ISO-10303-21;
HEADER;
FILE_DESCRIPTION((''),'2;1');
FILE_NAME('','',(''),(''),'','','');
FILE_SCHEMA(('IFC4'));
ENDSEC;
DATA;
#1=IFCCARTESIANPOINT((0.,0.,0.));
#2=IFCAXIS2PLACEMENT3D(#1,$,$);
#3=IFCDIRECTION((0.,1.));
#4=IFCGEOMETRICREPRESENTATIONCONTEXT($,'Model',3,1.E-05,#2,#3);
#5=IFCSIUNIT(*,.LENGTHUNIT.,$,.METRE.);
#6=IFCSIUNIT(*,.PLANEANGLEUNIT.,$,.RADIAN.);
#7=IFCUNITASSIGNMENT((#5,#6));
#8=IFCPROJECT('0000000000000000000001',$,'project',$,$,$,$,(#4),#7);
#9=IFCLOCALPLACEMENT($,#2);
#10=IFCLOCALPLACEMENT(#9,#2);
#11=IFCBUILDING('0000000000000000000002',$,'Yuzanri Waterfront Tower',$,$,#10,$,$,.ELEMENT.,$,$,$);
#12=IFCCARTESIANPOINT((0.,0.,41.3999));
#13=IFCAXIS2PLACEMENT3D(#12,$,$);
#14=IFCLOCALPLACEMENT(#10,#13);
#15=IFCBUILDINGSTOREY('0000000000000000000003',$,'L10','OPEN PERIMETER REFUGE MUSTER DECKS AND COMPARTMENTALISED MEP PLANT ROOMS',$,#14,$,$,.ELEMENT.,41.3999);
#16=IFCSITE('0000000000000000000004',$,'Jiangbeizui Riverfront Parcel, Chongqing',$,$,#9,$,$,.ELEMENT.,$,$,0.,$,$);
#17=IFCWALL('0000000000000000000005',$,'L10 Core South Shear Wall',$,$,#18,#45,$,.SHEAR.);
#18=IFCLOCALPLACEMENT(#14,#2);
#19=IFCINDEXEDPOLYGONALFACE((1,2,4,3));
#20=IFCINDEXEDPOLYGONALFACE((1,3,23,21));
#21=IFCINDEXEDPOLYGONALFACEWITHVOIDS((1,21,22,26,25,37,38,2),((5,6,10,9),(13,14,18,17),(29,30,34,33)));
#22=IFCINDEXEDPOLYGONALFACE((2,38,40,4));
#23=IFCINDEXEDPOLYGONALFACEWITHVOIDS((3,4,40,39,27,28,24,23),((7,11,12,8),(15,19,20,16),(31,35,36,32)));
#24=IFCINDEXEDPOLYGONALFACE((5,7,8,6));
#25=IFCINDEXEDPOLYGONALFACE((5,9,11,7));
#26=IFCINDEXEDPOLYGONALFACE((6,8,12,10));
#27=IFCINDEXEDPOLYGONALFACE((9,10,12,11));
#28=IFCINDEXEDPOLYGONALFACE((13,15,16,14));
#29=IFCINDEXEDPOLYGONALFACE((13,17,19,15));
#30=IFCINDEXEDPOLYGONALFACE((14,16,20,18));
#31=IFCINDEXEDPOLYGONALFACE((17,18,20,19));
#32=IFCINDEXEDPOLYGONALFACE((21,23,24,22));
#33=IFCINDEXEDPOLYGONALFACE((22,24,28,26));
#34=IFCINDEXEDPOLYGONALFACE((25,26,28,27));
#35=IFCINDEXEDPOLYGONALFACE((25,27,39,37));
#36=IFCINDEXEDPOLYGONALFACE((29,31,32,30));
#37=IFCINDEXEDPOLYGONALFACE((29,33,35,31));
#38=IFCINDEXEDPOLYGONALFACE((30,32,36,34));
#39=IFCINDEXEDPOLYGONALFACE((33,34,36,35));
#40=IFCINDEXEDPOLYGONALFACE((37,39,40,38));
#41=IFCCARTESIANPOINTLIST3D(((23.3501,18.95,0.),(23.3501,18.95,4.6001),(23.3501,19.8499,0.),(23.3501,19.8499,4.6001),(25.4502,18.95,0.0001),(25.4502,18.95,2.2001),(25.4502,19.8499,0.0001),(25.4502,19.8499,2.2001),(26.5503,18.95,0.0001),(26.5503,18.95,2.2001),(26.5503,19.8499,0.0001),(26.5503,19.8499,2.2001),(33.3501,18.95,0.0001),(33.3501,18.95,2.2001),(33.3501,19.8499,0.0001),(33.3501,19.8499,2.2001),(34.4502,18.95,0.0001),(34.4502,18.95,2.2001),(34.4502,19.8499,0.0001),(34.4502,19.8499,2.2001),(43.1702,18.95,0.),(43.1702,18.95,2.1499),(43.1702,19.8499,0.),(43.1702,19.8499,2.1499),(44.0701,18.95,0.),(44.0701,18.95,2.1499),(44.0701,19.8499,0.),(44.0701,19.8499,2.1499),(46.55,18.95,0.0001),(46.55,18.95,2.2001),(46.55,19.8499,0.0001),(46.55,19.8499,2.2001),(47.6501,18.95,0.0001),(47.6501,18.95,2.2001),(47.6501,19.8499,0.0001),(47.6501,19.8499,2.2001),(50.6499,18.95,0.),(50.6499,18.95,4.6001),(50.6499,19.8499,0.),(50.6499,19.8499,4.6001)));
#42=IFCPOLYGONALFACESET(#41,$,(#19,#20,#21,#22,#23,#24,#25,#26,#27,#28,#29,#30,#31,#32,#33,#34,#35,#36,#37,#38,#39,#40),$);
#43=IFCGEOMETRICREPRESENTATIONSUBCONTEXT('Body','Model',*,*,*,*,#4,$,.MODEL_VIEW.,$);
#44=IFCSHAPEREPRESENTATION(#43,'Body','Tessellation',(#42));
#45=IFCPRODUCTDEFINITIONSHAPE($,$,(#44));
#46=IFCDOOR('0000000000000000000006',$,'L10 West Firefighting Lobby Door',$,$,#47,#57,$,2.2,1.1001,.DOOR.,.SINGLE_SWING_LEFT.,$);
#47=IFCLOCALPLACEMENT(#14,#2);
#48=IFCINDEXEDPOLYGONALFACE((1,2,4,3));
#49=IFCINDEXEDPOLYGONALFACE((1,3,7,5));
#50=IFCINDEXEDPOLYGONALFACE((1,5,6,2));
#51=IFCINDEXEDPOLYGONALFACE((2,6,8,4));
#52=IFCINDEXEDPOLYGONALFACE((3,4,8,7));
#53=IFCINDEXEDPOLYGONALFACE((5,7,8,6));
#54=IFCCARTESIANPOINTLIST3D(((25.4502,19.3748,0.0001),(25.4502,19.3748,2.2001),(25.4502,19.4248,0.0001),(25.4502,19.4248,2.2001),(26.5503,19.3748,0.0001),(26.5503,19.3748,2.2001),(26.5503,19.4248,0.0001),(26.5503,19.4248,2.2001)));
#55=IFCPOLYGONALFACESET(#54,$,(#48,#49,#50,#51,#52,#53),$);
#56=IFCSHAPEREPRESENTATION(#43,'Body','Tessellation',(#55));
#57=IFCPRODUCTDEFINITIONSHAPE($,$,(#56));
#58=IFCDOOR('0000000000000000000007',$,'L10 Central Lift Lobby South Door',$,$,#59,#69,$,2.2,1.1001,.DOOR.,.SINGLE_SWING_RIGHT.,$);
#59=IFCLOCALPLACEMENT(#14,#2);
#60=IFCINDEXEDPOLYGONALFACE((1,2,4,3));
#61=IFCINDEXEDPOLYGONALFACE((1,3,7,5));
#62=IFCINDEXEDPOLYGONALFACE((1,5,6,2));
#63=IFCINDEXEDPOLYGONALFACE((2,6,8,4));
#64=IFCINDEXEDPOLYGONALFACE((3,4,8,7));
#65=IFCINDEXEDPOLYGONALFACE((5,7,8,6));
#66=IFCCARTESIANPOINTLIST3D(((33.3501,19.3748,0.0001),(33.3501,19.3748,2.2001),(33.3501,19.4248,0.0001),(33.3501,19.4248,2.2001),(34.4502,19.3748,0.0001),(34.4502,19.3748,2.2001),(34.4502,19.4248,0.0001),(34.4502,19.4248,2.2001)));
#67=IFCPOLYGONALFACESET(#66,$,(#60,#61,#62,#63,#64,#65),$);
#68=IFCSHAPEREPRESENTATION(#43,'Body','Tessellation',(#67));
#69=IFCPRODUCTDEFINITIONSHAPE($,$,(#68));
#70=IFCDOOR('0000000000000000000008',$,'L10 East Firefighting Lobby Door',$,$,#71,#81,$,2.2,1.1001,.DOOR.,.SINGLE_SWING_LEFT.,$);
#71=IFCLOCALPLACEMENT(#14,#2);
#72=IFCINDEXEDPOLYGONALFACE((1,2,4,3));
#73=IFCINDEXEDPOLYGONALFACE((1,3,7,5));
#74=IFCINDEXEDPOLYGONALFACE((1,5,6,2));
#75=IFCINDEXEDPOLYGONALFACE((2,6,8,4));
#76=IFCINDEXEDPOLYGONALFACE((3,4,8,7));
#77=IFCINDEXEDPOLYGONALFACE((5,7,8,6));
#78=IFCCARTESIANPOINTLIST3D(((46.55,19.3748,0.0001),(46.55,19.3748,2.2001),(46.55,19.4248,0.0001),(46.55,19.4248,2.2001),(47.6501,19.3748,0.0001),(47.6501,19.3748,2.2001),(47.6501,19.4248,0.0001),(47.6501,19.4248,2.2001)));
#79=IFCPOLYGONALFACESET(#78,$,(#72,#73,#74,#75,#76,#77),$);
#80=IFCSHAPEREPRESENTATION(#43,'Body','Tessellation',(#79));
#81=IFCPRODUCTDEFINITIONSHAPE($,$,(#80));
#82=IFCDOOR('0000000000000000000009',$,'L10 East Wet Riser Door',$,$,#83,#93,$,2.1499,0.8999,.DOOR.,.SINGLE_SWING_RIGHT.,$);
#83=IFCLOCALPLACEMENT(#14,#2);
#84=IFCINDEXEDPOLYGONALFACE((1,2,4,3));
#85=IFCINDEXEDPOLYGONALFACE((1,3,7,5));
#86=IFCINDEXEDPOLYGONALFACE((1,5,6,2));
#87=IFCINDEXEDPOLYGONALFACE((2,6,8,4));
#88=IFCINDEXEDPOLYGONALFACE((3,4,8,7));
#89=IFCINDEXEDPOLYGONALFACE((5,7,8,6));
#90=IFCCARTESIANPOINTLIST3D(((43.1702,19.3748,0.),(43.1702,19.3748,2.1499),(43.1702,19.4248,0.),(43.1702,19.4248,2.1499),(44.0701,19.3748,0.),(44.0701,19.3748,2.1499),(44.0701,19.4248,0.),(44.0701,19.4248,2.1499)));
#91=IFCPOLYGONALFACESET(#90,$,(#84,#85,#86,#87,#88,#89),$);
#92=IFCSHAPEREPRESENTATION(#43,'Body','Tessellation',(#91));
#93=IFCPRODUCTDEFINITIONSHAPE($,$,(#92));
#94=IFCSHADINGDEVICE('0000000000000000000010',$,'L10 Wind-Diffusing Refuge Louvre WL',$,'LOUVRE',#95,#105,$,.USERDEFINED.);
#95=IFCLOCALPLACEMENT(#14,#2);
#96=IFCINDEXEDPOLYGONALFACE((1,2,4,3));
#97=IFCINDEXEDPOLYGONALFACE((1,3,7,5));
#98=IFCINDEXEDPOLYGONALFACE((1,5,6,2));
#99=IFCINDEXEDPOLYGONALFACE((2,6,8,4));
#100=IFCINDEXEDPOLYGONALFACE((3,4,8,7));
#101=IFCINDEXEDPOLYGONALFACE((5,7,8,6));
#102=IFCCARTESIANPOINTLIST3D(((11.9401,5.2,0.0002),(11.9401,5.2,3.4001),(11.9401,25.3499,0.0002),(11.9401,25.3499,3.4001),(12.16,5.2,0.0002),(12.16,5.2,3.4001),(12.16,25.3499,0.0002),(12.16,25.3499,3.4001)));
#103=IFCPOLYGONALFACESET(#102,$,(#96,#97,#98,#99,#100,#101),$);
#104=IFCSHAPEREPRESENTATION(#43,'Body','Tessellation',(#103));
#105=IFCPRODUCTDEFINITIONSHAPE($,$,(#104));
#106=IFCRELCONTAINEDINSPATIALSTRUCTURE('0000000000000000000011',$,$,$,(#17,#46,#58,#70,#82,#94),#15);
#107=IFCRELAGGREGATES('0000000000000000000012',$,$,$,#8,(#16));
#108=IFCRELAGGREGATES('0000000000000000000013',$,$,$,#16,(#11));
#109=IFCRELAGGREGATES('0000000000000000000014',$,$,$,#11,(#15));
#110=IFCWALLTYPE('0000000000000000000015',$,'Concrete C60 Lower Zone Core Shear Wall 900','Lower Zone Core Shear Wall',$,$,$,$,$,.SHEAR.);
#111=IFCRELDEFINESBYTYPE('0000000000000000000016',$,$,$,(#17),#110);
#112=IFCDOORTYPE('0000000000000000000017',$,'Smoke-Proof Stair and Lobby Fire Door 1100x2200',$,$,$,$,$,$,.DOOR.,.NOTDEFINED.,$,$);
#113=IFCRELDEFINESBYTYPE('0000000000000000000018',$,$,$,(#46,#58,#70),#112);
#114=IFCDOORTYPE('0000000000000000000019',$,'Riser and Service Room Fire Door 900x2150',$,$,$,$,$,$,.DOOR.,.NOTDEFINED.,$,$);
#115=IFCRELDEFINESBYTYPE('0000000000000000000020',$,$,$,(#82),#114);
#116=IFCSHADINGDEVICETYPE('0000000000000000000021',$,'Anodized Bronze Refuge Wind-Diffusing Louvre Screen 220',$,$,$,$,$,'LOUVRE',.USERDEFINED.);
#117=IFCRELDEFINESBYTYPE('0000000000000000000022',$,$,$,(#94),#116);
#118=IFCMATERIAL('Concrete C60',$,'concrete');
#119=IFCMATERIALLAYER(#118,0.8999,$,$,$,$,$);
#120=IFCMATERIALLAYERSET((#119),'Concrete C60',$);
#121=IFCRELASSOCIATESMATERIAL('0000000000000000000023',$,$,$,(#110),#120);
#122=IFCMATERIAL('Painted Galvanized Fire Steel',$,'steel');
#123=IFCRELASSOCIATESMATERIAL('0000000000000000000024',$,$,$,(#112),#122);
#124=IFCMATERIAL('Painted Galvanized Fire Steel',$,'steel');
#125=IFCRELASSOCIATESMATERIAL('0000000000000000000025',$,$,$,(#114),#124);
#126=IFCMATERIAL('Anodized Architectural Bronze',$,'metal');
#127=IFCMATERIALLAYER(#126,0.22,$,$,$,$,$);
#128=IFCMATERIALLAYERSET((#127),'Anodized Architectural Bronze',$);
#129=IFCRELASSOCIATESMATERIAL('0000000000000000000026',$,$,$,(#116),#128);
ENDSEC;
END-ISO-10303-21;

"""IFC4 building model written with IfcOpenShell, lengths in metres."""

from ifc_helpers import new_model, si_unit, direction, frame, frame_2d, origin, origin_2d, place, context, subcontext, project, spatial, rectangle, extrude, source, transform, mapped, material, layer, layer_set, type_object, element, fill, save


model = new_model("IFC4")

# Units and contexts
model_context = context("Model", 3, precision=1e-05, world=origin(), true_north=direction((0.0, 1.0)))
body_context = subcontext(model_context, "Body", "Model", "MODEL_VIEW")
ifc_project = project(units=[si_unit("LENGTHUNIT", "METRE"), si_unit("PLANEANGLEUNIT", "RADIAN")], contexts=[model_context])

# Site, building, storey
site_placement = place(None, origin())
site = spatial("IfcSite", under=ifc_project, at=site_placement, Name="Jiangbeizui Riverfront Parcel, Chongqing", CompositionType="ELEMENT", RefElevation=0.0)
building_placement = place(site_placement, origin())
building = spatial("IfcBuilding", under=site, at=building_placement, Name="Yuzanri Waterfront Tower", CompositionType="ELEMENT")
storey_placement = place(building_placement, frame((0.0, 0.0, 41.3999)))
storey = spatial("IfcBuildingStorey", under=building, at=storey_placement, Name="L10", Description="OPEN PERIMETER REFUGE MUSTER DECKS AND COMPARTMENTALISED MEP PLANT ROOMS", CompositionType="ELEMENT", Elevation=41.3999)

# Wall, openings, doors
ifc_material_1 = material(Name="Concrete C60", Category="concrete")
ifc_layer_1 = layer(ifc_material_1, 0.8999)
ifc_layer_set_1 = layer_set([ifc_layer_1], Name="Concrete C60")
wall_type = type_object("IfcWallType", Name="Concrete C60 Lower Zone Core Shear Wall 900", Description="Lower Zone Core Shear Wall", PredefinedType="SHEAR", material=ifc_layer_set_1)
wall_placement = place(storey_placement, frame((23.3501, 19.3999, 0.0), z_axis=(0.0, 0.0, 1.0), x_axis=(1.0, 0.0, 0.0)))
wall = element("IfcWall", 1, at=wall_placement, inside=storey, type_object=wall_type, Name="L10 Core South Shear Wall", PredefinedType="SHEAR", context=body_context, shape_type="SweptSolid", body=[
    extrude(rectangle(XDim=27.2998, YDim=0.8999, at=frame_2d((13.6499, 0.0))), origin(), (0.0, 0.0, 1.0), 4.6001),
])
opening_1_placement = place(wall_placement, frame((2.1001, 0.0, 0.0)))
opening_1 = element("IfcOpeningElement", 2, at=opening_1_placement, cuts=wall, PredefinedType="OPENING", context=body_context, shape_type="SweptSolid", body=[
    extrude(rectangle(XDim=1.1001, YDim=2.2, at=frame_2d((0.55, 1.1001))), frame((0.0, 0.4648, 0.0), z_axis=(0.0, -1.0, 0.0), x_axis=(1.0, 0.0, 0.0)), (0.0, 0.0, 1.0), 0.9297),
])
opening_2_placement = place(wall_placement, frame((10.0, 0.0, 0.0)))
opening_2 = element("IfcOpeningElement", 3, at=opening_2_placement, cuts=wall, PredefinedType="OPENING", context=body_context, shape_type="SweptSolid", body=[
    extrude(rectangle(XDim=1.1001, YDim=2.2, at=frame_2d((0.55, 1.1001))), frame((0.0, 0.4648, 0.0), z_axis=(0.0, -1.0, 0.0), x_axis=(1.0, 0.0, 0.0)), (0.0, 0.0, 1.0), 0.9297),
])
opening_3_placement = place(wall_placement, frame((23.2, 0.0, 0.0)))
opening_3 = element("IfcOpeningElement", 4, at=opening_3_placement, cuts=wall, PredefinedType="OPENING", context=body_context, shape_type="SweptSolid", body=[
    extrude(rectangle(XDim=1.1001, YDim=2.2, at=frame_2d((0.55, 1.1001))), frame((0.0, 0.4648, 0.0), z_axis=(0.0, -1.0, 0.0), x_axis=(1.0, 0.0, 0.0)), (0.0, 0.0, 1.0), 0.9297),
])
opening_4_placement = place(wall_placement, frame((19.8201, 0.0, 0.0)))
opening_4 = element("IfcOpeningElement", 5, at=opening_4_placement, cuts=wall, PredefinedType="OPENING", context=body_context, shape_type="SweptSolid", body=[
    extrude(rectangle(XDim=0.8999, YDim=2.1499, at=frame_2d((0.45, 1.075))), frame((0.0, 0.4648, 0.0), z_axis=(0.0, -1.0, 0.0), x_axis=(1.0, 0.0, 0.0)), (0.0, 0.0, 1.0), 0.9297),
])
ifc_material_2 = material(Name="Painted Galvanized Fire Steel", Category="steel")
door_type_1 = type_object("IfcDoorType", Name="Smoke-Proof Stair and Lobby Fire Door 1100x2200", OperationType="NOTDEFINED", PredefinedType="DOOR", material=ifc_material_2)
shared_shape_1 = source(origin(), body_context, "Body", "SweptSolid", [
    extrude(rectangle(XDim=1.1001, YDim=2.2, at=frame_2d((0.55, 1.1001))), frame((0.0, 0.0249, 0.0), z_axis=(0.0, -1.0, 0.0), x_axis=(1.0, 0.0, 0.0)), (0.0, 0.0, 1.0), 0.05),
])
door_1_placement = place(opening_1_placement, origin())
door_1 = element("IfcDoor", 6, at=door_1_placement, inside=storey, type_object=door_type_1, Name="L10 West Firefighting Lobby Door", OperationType="SINGLE_SWING_LEFT", OverallHeight=2.2, OverallWidth=1.1001, PredefinedType="DOOR", context=body_context, shape_type="MappedRepresentation", body=[
    mapped(shared_shape_1, transform((0.0, 0.0, 0.0), scale=1.0)),
])
fill(opening_1, door_1)
door_2_placement = place(opening_2_placement, origin())
door_2 = element("IfcDoor", 7, at=door_2_placement, inside=storey, type_object=door_type_1, Name="L10 Central Lift Lobby South Door", OperationType="SINGLE_SWING_RIGHT", OverallHeight=2.2, OverallWidth=1.1001, PredefinedType="DOOR", context=body_context, shape_type="MappedRepresentation", body=[
    mapped(shared_shape_1, transform((0.0, 0.0, 0.0), scale=1.0)),
])
fill(opening_2, door_2)
door_3_placement = place(opening_3_placement, origin())
door_3 = element("IfcDoor", 8, at=door_3_placement, inside=storey, type_object=door_type_1, Name="L10 East Firefighting Lobby Door", OperationType="SINGLE_SWING_LEFT", OverallHeight=2.2, OverallWidth=1.1001, PredefinedType="DOOR", context=body_context, shape_type="MappedRepresentation", body=[
    mapped(shared_shape_1, transform((0.0, 0.0, 0.0), scale=1.0)),
])
fill(opening_3, door_3)
ifc_material_3 = material(Name="Painted Galvanized Fire Steel", Category="steel")
door_type_2 = type_object("IfcDoorType", Name="Riser and Service Room Fire Door 900x2150", OperationType="NOTDEFINED", PredefinedType="DOOR", material=ifc_material_3)
shared_shape_2 = source(origin(), body_context, "Body", "SweptSolid", [
    extrude(rectangle(XDim=0.8999, YDim=2.1499, at=frame_2d((0.45, 1.075))), frame((0.0, 0.0249, 0.0), z_axis=(0.0, -1.0, 0.0), x_axis=(1.0, 0.0, 0.0)), (0.0, 0.0, 1.0), 0.05),
])
door_4_placement = place(opening_4_placement, origin())
door_4 = element("IfcDoor", 9, at=door_4_placement, inside=storey, type_object=door_type_2, Name="L10 East Wet Riser Door", OperationType="SINGLE_SWING_RIGHT", OverallHeight=2.1499, OverallWidth=0.8999, PredefinedType="DOOR", context=body_context, shape_type="MappedRepresentation", body=[
    mapped(shared_shape_2, transform((0.0, 0.0, 0.0), scale=1.0)),
])
fill(opening_4, door_4)

# Shading device
ifc_material_4 = material(Name="Anodized Architectural Bronze", Category="metal")
ifc_layer_2 = layer(ifc_material_4, 0.22)
ifc_layer_set_2 = layer_set([ifc_layer_2], Name="Anodized Architectural Bronze")
shading_device_type = type_object("IfcShadingDeviceType", Name="Anodized Bronze Refuge Wind-Diffusing Louvre Screen 220", ElementType="LOUVRE", PredefinedType="USERDEFINED", material=ifc_layer_set_2)
shared_shape_3 = source(origin(), body_context, "Body", "SweptSolid", [
    extrude(rectangle(XDim=0.22, YDim=20.1499, at=origin_2d()), origin(), (0.0, 0.0, 1.0), 3.3999),
])
shading_device_placement = place(storey_placement, frame((12.05, 15.2749, 0.0002), z_axis=(0.0, 0.0, 1.0), x_axis=(1.0, 0.0, 0.0)))
element("IfcShadingDevice", 10, at=shading_device_placement, inside=storey, type_object=shading_device_type, Name="L10 Wind-Diffusing Refuge Louvre WL", ObjectType="LOUVRE", PredefinedType="USERDEFINED", context=body_context, shape_type="MappedRepresentation", body=[
    mapped(shared_shape_3, transform((0.0, 0.0, 0.0), scale=1.0)),
])

save(model, "model.ifc")
